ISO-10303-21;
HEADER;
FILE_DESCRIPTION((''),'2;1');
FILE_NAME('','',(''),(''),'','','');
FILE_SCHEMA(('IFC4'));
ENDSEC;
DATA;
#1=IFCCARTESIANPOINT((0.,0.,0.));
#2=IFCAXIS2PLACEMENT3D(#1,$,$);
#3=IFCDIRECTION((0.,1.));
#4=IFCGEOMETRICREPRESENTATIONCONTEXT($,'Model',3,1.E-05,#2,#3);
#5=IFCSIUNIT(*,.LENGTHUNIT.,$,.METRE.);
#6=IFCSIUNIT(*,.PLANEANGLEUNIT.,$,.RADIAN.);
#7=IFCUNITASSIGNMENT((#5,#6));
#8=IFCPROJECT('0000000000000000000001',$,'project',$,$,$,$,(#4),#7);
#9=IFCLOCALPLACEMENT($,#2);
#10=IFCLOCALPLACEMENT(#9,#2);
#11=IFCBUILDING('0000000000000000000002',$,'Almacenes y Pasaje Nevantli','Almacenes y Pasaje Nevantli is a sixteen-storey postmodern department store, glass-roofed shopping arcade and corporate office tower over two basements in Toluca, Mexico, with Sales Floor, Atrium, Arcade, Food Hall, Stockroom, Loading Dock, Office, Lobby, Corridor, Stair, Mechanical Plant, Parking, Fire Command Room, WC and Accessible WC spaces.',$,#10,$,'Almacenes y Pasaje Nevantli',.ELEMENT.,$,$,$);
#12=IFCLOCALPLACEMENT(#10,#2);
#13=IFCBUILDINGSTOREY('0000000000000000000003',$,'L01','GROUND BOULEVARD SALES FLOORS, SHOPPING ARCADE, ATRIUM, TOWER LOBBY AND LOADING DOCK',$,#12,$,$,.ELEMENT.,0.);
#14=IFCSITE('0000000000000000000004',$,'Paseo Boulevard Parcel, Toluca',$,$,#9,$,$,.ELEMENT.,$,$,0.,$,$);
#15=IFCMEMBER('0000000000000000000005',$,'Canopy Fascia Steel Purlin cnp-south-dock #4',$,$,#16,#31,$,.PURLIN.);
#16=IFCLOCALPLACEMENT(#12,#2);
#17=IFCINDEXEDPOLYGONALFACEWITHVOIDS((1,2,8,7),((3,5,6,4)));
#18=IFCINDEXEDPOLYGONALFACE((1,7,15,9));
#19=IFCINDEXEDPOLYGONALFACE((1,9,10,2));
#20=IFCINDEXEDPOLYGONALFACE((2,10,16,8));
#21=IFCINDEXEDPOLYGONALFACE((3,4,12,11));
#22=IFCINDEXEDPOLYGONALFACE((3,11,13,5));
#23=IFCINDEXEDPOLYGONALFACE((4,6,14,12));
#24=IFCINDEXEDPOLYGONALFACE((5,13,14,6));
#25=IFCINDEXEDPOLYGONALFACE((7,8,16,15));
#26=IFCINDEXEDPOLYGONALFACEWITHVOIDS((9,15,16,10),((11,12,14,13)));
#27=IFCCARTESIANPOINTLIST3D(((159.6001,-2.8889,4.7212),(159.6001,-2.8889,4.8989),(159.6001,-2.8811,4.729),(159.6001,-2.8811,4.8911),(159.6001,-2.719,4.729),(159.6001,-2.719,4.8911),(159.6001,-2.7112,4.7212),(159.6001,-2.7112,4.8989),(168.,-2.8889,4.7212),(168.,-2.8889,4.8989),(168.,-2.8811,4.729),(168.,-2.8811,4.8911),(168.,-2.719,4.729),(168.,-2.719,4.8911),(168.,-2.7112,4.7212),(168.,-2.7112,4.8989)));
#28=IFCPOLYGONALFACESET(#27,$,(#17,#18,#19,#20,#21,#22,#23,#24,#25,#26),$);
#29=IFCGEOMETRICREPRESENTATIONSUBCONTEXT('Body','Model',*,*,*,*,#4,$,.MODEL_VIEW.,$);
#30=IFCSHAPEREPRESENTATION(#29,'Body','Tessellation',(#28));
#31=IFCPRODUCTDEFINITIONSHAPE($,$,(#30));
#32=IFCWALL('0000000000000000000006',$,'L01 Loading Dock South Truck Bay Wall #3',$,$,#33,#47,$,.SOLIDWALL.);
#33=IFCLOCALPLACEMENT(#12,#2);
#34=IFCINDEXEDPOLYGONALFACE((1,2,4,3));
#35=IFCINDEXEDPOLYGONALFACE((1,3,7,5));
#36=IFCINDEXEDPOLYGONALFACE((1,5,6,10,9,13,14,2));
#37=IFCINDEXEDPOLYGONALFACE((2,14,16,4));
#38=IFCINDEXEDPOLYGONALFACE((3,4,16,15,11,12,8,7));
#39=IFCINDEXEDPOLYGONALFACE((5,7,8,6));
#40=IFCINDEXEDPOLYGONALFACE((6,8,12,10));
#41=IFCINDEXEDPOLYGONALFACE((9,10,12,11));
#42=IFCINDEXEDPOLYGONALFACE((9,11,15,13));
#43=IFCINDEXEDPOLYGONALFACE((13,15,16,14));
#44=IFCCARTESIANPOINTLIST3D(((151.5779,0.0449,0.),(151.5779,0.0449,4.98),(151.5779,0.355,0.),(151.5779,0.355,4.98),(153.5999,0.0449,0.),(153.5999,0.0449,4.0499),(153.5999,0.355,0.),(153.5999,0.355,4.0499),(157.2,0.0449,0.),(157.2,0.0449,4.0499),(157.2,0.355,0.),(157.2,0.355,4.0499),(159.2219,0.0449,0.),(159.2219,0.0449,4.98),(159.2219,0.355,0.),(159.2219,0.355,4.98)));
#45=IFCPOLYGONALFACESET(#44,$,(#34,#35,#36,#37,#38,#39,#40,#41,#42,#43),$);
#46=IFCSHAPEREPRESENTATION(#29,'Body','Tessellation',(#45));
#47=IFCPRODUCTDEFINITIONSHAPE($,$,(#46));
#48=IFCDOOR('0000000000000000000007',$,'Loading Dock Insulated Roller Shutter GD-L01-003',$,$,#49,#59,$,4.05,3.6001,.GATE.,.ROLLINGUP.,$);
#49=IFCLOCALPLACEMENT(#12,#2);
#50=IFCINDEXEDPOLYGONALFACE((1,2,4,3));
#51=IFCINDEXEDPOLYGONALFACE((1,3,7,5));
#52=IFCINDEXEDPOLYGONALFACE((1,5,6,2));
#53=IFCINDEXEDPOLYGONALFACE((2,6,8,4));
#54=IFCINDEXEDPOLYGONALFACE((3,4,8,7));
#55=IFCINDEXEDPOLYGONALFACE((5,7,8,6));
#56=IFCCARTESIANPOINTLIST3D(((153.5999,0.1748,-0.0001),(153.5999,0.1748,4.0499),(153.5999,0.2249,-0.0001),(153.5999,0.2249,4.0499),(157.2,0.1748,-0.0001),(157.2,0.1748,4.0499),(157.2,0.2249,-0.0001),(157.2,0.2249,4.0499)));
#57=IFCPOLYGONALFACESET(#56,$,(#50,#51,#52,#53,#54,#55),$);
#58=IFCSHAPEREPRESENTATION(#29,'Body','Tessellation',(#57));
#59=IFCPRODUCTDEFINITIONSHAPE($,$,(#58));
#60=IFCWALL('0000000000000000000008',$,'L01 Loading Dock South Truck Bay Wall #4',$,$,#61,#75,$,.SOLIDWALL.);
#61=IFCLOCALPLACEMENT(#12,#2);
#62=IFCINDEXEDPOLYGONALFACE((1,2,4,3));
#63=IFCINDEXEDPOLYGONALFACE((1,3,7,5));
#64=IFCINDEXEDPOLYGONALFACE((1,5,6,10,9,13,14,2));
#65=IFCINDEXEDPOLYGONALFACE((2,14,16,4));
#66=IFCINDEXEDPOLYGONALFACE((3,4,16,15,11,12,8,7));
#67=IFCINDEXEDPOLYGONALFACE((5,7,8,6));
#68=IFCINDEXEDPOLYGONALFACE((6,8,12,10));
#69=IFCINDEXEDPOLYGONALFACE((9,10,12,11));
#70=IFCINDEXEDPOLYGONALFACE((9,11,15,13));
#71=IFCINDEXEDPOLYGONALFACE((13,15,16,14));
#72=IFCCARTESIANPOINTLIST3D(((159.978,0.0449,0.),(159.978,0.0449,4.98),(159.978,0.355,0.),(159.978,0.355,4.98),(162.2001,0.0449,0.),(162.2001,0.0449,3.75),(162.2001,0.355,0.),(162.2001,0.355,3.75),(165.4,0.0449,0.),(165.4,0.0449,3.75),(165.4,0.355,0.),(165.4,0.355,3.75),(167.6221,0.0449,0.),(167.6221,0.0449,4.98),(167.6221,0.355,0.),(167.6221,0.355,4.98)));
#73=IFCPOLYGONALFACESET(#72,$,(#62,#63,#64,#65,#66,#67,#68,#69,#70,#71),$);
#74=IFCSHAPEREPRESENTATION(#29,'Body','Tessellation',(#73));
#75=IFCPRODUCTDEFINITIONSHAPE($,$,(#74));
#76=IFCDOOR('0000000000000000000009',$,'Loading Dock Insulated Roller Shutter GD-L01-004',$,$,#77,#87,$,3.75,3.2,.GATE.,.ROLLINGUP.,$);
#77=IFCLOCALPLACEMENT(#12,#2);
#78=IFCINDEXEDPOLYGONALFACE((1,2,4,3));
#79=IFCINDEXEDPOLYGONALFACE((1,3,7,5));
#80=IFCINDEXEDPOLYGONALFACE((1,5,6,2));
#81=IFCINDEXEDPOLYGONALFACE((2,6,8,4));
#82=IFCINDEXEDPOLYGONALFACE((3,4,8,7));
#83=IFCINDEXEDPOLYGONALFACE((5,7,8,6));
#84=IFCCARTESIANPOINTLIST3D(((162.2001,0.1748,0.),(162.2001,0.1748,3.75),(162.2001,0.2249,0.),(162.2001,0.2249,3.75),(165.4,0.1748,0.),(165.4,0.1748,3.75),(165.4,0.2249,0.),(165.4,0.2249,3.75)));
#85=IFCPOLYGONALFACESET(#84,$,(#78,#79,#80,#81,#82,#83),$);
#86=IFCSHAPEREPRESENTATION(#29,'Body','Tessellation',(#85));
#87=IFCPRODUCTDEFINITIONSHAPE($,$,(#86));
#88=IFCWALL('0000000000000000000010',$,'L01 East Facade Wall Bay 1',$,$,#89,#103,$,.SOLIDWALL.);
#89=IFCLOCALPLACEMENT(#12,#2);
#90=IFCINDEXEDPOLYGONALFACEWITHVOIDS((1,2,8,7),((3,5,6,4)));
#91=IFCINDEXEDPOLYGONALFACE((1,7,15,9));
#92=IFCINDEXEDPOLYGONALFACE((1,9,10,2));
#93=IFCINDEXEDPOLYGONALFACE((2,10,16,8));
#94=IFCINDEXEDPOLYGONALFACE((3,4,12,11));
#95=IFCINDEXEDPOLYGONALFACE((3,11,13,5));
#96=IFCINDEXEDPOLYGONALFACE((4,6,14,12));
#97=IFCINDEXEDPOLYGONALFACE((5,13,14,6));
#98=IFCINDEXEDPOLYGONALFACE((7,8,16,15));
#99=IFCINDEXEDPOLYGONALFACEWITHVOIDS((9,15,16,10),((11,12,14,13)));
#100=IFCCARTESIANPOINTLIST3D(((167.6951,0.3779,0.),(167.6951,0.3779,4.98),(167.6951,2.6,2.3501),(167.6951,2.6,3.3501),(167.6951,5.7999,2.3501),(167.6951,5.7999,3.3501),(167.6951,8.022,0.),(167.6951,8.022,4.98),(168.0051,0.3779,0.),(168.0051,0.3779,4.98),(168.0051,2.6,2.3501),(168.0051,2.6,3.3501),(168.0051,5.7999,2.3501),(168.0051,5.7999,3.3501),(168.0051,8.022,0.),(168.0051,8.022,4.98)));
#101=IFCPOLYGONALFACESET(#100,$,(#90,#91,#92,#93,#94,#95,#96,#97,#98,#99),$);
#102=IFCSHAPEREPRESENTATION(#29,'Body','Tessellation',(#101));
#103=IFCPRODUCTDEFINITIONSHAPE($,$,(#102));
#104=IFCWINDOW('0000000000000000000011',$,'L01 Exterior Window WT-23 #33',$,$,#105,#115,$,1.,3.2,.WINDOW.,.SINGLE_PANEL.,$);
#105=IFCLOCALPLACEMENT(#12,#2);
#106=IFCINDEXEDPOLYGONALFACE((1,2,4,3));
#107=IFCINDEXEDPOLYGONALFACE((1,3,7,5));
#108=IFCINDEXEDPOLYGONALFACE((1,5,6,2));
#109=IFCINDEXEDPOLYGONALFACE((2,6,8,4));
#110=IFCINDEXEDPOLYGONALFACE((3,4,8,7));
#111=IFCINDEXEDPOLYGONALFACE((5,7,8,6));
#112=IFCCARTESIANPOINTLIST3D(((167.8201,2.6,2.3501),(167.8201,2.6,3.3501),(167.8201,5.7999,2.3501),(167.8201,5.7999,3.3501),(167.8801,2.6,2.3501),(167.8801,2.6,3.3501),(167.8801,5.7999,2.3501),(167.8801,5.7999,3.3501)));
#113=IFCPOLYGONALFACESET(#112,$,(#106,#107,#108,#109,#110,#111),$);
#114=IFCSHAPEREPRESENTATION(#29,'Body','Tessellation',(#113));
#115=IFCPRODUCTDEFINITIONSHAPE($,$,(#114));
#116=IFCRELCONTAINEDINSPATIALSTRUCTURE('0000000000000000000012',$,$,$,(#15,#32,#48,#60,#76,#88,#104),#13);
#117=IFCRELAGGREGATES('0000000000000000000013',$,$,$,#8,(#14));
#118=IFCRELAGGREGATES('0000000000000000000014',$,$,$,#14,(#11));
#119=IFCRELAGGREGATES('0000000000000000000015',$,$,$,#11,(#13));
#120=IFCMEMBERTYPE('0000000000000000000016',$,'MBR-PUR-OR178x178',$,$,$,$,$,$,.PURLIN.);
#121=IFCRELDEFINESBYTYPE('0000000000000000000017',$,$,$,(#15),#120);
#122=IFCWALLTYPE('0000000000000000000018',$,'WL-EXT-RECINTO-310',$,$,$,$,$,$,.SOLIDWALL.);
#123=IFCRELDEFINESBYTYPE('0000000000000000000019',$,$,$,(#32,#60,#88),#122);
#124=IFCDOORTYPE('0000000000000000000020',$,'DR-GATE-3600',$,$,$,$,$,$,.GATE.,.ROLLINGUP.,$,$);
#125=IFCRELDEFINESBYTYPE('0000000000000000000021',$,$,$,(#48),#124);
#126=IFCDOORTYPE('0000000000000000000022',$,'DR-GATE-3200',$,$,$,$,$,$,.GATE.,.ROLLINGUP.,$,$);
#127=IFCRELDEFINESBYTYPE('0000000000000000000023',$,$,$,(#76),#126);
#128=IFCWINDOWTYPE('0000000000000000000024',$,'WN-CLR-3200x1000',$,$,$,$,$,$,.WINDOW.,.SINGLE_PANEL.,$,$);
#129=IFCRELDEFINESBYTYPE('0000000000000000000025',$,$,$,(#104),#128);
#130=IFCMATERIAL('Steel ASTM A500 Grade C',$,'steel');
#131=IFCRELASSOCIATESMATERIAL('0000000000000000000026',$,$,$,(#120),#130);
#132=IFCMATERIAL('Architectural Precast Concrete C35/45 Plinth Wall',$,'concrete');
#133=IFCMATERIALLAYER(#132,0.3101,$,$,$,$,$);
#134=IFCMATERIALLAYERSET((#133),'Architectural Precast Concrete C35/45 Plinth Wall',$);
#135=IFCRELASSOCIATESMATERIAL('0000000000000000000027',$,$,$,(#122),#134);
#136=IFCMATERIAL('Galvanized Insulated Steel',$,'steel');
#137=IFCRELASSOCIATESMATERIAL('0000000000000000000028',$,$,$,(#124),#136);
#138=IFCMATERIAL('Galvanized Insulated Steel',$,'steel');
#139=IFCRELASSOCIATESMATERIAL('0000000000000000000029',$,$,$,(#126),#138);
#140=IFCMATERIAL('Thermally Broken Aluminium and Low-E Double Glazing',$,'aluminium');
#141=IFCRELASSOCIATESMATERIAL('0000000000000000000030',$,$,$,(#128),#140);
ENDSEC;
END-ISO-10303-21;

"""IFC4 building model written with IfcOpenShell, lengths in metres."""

from ifc_helpers import new_model, si_unit, direction, frame, frame_2d, origin, origin_2d, place, context, subcontext, project, spatial, rectangle, hollow_rectangle, extrude, material, layer, layer_set, material_profile, profile_set, type_object, element, fill, save


model = new_model("IFC4")

# Units and contexts
model_context = context("Model", 3, precision=1e-05, world=origin(), true_north=direction((0.0, 1.0)))
body_context = subcontext(model_context, "Body", "Model", "MODEL_VIEW")
ifc_project = project(units=[si_unit("LENGTHUNIT", "METRE"), si_unit("PLANEANGLEUNIT", "RADIAN")], contexts=[model_context])

# Site, building, storey
site_placement = place(None, origin())
site = spatial("IfcSite", under=ifc_project, at=site_placement, Name="Paseo Boulevard Parcel, Toluca", CompositionType="ELEMENT", RefElevation=0.0)
building_placement = place(site_placement, origin())
building = spatial("IfcBuilding", under=site, at=building_placement, Name="Almacenes y Pasaje Nevantli", Description="Almacenes y Pasaje Nevantli is a sixteen-storey postmodern department store, glass-roofed shopping arcade and corporate office tower over two basements in Toluca, Mexico, with Sales Floor, Atrium, Arcade, Food Hall, Stockroom, Loading Dock, Office, Lobby, Corridor, Stair, Mechanical Plant, Parking, Fire Command Room, WC and Accessible WC spaces.", LongName="Almacenes y Pasaje Nevantli", CompositionType="ELEMENT")
storey_placement = place(building_placement, origin())
storey = spatial("IfcBuildingStorey", under=building, at=storey_placement, Name="L01", Description="GROUND BOULEVARD SALES FLOORS, SHOPPING ARCADE, ATRIUM, TOWER LOBBY AND LOADING DOCK", CompositionType="ELEMENT", Elevation=0.0)

# Member
ifc_material_1 = material(Name="Steel ASTM A500 Grade C", Category="steel")
ifc_material_profile_1 = material_profile(ifc_material_1, hollow_rectangle(XDim=0.1777, YDim=0.1777, WallThickness=0.0078, at=origin_2d()), Name="OR 178x178x7.9")
ifc_profile_set_1 = profile_set([ifc_material_profile_1], Name="Steel ASTM A500 Grade C")
member_type = type_object("IfcMemberType", Name="MBR-PUR-OR178x178", PredefinedType="PURLIN", material=ifc_profile_set_1)
member_1_placement = place(storey_placement, frame((159.6001, -2.8, 4.8101), z_axis=(1.0, 0.0, 0.0), x_axis=(0.0, 1.0, 0.0)))
element("IfcMember", 1, at=member_1_placement, inside=storey, type_object=member_type, Name="Canopy Fascia Steel Purlin cnp-south-dock #4", PredefinedType="PURLIN", context=body_context, shape_type="SweptSolid", body=[
    extrude(hollow_rectangle(XDim=0.1777, YDim=0.1777, WallThickness=0.0078, at=origin_2d()), origin(), (0.0, 0.0, 1.0), 8.3999),
])

# Walls, openings, doors
ifc_material_2 = material(Name="Architectural Precast Concrete C35/45 Plinth Wall", Category="concrete")
ifc_layer_1 = layer(ifc_material_2, 0.3101)
ifc_layer_set_1 = layer_set([ifc_layer_1], Name="Architectural Precast Concrete C35/45 Plinth Wall")
wall_type = type_object("IfcWallType", Name="WL-EXT-RECINTO-310", PredefinedType="SOLIDWALL", material=ifc_layer_set_1)
wall_1_placement = place(storey_placement, frame((151.5779, 0.2, 0.0), z_axis=(0.0, 0.0, 1.0), x_axis=(1.0, 0.0, 0.0)))
wall_1 = element("IfcWall", 2, at=wall_1_placement, inside=storey, type_object=wall_type, Name="L01 Loading Dock South Truck Bay Wall #3", PredefinedType="SOLIDWALL", context=body_context, shape_type="SweptSolid", body=[
    extrude(rectangle(XDim=7.644, YDim=0.3101, at=frame_2d((3.822, 0.0))), origin(), (0.0, 0.0, 1.0), 4.98),
])
opening_1_placement = place(wall_1_placement, frame((2.022, 0.0, 0.0)))
opening_1 = element("IfcOpeningElement", 3, at=opening_1_placement, cuts=wall_1, PredefinedType="OPENING", context=body_context, shape_type="SweptSolid", body=[
    extrude(rectangle(XDim=3.6001, YDim=4.05, at=frame_2d((1.8, 2.0249))), frame((0.0, 0.165, 0.0), z_axis=(0.0, -1.0, 0.0), x_axis=(1.0, 0.0, 0.0)), (0.0, 0.0, 1.0), 0.3301),
])
ifc_material_3 = material(Name="Galvanized Insulated Steel", Category="steel")
door_type_1 = type_object("IfcDoorType", Name="DR-GATE-3600", OperationType="ROLLINGUP", PredefinedType="GATE", material=ifc_material_3)
door_1_placement = place(opening_1_placement, origin())
door_1 = element("IfcDoor", 4, at=door_1_placement, inside=storey, type_object=door_type_1, Name="Loading Dock Insulated Roller Shutter GD-L01-003", OperationType="ROLLINGUP", OverallHeight=4.05, OverallWidth=3.6001, PredefinedType="GATE", context=body_context, shape_type="SweptSolid", body=[
    extrude(rectangle(XDim=3.6001, YDim=4.05, at=frame_2d((1.8, 2.0249))), frame((0.0, 0.0249, 0.0), z_axis=(0.0, -1.0, 0.0), x_axis=(1.0, 0.0, 0.0)), (0.0, 0.0, 1.0), 0.05),
])
fill(opening_1, door_1)
wall_2_placement = place(storey_placement, frame((159.978, 0.2, 0.0), z_axis=(0.0, 0.0, 1.0), x_axis=(1.0, 0.0, 0.0)))
wall_2 = element("IfcWall", 5, at=wall_2_placement, inside=storey, type_object=wall_type, Name="L01 Loading Dock South Truck Bay Wall #4", PredefinedType="SOLIDWALL", context=body_context, shape_type="SweptSolid", body=[
    extrude(rectangle(XDim=7.644, YDim=0.3101, at=frame_2d((3.822, 0.0))), origin(), (0.0, 0.0, 1.0), 4.98),
])
opening_2_placement = place(wall_2_placement, frame((2.2219, 0.0, 0.0)))
opening_2 = element("IfcOpeningElement", 6, at=opening_2_placement, cuts=wall_2, PredefinedType="OPENING", context=body_context, shape_type="SweptSolid", body=[
    extrude(rectangle(XDim=3.2, YDim=3.75, at=frame_2d((1.6001, 1.875))), frame((0.0, 0.165, 0.0), z_axis=(0.0, -1.0, 0.0), x_axis=(1.0, 0.0, 0.0)), (0.0, 0.0, 1.0), 0.3301),
])
ifc_material_4 = material(Name="Galvanized Insulated Steel", Category="steel")
door_type_2 = type_object("IfcDoorType", Name="DR-GATE-3200", OperationType="ROLLINGUP", PredefinedType="GATE", material=ifc_material_4)
door_2_placement = place(opening_2_placement, origin())
door_2 = element("IfcDoor", 7, at=door_2_placement, inside=storey, type_object=door_type_2, Name="Loading Dock Insulated Roller Shutter GD-L01-004", OperationType="ROLLINGUP", OverallHeight=3.75, OverallWidth=3.2, PredefinedType="GATE", context=body_context, shape_type="SweptSolid", body=[
    extrude(rectangle(XDim=3.2, YDim=3.75, at=frame_2d((1.6001, 1.875))), frame((0.0, 0.0249, 0.0), z_axis=(0.0, -1.0, 0.0), x_axis=(1.0, 0.0, 0.0)), (0.0, 0.0, 1.0), 0.05),
])
fill(opening_2, door_2)

# Wall, opening, window
wall_3_placement = place(storey_placement, frame((167.8501, 0.3779, 0.0), z_axis=(0.0, 0.0, 1.0), x_axis=(0.0, 1.0, 0.0)))
wall_3 = element("IfcWall", 8, at=wall_3_placement, inside=storey, type_object=wall_type, Name="L01 East Facade Wall Bay 1", PredefinedType="SOLIDWALL", context=body_context, shape_type="SweptSolid", body=[
    extrude(rectangle(XDim=7.644, YDim=0.3101, at=frame_2d((3.822, 0.0))), origin(), (0.0, 0.0, 1.0), 4.98),
])
opening_3_placement = place(wall_3_placement, frame((2.2219, 0.0, 2.3501)))
opening_3 = element("IfcOpeningElement", 9, at=opening_3_placement, cuts=wall_3, PredefinedType="OPENING", context=body_context, shape_type="SweptSolid", body=[
    extrude(rectangle(XDim=3.2, YDim=1.0, at=frame_2d((1.6001, 0.5))), frame((0.0, 0.165, 0.0), z_axis=(0.0, -1.0, 0.0), x_axis=(1.0, 0.0, 0.0)), (0.0, 0.0, 1.0), 0.3301),
])
ifc_material_5 = material(Name="Thermally Broken Aluminium and Low-E Double Glazing", Category="aluminium")
window_type = type_object("IfcWindowType", Name="WN-CLR-3200x1000", PartitioningType="SINGLE_PANEL", PredefinedType="WINDOW", material=ifc_material_5)
window_placement = place(opening_3_placement, origin())
window = element("IfcWindow", 10, at=window_placement, inside=storey, type_object=window_type, Name="L01 Exterior Window WT-23 #33", OverallHeight=1.0, OverallWidth=3.2, PartitioningType="SINGLE_PANEL", PredefinedType="WINDOW", context=body_context, shape_type="SweptSolid", body=[
    extrude(rectangle(XDim=3.2, YDim=1.0, at=frame_2d((1.6001, 0.5))), frame((0.0, 0.03, 0.0), z_axis=(0.0, -1.0, 0.0), x_axis=(1.0, 0.0, 0.0)), (0.0, 0.0, 1.0), 0.0601),
])
fill(opening_3, window)

save(model, "model.ifc")
